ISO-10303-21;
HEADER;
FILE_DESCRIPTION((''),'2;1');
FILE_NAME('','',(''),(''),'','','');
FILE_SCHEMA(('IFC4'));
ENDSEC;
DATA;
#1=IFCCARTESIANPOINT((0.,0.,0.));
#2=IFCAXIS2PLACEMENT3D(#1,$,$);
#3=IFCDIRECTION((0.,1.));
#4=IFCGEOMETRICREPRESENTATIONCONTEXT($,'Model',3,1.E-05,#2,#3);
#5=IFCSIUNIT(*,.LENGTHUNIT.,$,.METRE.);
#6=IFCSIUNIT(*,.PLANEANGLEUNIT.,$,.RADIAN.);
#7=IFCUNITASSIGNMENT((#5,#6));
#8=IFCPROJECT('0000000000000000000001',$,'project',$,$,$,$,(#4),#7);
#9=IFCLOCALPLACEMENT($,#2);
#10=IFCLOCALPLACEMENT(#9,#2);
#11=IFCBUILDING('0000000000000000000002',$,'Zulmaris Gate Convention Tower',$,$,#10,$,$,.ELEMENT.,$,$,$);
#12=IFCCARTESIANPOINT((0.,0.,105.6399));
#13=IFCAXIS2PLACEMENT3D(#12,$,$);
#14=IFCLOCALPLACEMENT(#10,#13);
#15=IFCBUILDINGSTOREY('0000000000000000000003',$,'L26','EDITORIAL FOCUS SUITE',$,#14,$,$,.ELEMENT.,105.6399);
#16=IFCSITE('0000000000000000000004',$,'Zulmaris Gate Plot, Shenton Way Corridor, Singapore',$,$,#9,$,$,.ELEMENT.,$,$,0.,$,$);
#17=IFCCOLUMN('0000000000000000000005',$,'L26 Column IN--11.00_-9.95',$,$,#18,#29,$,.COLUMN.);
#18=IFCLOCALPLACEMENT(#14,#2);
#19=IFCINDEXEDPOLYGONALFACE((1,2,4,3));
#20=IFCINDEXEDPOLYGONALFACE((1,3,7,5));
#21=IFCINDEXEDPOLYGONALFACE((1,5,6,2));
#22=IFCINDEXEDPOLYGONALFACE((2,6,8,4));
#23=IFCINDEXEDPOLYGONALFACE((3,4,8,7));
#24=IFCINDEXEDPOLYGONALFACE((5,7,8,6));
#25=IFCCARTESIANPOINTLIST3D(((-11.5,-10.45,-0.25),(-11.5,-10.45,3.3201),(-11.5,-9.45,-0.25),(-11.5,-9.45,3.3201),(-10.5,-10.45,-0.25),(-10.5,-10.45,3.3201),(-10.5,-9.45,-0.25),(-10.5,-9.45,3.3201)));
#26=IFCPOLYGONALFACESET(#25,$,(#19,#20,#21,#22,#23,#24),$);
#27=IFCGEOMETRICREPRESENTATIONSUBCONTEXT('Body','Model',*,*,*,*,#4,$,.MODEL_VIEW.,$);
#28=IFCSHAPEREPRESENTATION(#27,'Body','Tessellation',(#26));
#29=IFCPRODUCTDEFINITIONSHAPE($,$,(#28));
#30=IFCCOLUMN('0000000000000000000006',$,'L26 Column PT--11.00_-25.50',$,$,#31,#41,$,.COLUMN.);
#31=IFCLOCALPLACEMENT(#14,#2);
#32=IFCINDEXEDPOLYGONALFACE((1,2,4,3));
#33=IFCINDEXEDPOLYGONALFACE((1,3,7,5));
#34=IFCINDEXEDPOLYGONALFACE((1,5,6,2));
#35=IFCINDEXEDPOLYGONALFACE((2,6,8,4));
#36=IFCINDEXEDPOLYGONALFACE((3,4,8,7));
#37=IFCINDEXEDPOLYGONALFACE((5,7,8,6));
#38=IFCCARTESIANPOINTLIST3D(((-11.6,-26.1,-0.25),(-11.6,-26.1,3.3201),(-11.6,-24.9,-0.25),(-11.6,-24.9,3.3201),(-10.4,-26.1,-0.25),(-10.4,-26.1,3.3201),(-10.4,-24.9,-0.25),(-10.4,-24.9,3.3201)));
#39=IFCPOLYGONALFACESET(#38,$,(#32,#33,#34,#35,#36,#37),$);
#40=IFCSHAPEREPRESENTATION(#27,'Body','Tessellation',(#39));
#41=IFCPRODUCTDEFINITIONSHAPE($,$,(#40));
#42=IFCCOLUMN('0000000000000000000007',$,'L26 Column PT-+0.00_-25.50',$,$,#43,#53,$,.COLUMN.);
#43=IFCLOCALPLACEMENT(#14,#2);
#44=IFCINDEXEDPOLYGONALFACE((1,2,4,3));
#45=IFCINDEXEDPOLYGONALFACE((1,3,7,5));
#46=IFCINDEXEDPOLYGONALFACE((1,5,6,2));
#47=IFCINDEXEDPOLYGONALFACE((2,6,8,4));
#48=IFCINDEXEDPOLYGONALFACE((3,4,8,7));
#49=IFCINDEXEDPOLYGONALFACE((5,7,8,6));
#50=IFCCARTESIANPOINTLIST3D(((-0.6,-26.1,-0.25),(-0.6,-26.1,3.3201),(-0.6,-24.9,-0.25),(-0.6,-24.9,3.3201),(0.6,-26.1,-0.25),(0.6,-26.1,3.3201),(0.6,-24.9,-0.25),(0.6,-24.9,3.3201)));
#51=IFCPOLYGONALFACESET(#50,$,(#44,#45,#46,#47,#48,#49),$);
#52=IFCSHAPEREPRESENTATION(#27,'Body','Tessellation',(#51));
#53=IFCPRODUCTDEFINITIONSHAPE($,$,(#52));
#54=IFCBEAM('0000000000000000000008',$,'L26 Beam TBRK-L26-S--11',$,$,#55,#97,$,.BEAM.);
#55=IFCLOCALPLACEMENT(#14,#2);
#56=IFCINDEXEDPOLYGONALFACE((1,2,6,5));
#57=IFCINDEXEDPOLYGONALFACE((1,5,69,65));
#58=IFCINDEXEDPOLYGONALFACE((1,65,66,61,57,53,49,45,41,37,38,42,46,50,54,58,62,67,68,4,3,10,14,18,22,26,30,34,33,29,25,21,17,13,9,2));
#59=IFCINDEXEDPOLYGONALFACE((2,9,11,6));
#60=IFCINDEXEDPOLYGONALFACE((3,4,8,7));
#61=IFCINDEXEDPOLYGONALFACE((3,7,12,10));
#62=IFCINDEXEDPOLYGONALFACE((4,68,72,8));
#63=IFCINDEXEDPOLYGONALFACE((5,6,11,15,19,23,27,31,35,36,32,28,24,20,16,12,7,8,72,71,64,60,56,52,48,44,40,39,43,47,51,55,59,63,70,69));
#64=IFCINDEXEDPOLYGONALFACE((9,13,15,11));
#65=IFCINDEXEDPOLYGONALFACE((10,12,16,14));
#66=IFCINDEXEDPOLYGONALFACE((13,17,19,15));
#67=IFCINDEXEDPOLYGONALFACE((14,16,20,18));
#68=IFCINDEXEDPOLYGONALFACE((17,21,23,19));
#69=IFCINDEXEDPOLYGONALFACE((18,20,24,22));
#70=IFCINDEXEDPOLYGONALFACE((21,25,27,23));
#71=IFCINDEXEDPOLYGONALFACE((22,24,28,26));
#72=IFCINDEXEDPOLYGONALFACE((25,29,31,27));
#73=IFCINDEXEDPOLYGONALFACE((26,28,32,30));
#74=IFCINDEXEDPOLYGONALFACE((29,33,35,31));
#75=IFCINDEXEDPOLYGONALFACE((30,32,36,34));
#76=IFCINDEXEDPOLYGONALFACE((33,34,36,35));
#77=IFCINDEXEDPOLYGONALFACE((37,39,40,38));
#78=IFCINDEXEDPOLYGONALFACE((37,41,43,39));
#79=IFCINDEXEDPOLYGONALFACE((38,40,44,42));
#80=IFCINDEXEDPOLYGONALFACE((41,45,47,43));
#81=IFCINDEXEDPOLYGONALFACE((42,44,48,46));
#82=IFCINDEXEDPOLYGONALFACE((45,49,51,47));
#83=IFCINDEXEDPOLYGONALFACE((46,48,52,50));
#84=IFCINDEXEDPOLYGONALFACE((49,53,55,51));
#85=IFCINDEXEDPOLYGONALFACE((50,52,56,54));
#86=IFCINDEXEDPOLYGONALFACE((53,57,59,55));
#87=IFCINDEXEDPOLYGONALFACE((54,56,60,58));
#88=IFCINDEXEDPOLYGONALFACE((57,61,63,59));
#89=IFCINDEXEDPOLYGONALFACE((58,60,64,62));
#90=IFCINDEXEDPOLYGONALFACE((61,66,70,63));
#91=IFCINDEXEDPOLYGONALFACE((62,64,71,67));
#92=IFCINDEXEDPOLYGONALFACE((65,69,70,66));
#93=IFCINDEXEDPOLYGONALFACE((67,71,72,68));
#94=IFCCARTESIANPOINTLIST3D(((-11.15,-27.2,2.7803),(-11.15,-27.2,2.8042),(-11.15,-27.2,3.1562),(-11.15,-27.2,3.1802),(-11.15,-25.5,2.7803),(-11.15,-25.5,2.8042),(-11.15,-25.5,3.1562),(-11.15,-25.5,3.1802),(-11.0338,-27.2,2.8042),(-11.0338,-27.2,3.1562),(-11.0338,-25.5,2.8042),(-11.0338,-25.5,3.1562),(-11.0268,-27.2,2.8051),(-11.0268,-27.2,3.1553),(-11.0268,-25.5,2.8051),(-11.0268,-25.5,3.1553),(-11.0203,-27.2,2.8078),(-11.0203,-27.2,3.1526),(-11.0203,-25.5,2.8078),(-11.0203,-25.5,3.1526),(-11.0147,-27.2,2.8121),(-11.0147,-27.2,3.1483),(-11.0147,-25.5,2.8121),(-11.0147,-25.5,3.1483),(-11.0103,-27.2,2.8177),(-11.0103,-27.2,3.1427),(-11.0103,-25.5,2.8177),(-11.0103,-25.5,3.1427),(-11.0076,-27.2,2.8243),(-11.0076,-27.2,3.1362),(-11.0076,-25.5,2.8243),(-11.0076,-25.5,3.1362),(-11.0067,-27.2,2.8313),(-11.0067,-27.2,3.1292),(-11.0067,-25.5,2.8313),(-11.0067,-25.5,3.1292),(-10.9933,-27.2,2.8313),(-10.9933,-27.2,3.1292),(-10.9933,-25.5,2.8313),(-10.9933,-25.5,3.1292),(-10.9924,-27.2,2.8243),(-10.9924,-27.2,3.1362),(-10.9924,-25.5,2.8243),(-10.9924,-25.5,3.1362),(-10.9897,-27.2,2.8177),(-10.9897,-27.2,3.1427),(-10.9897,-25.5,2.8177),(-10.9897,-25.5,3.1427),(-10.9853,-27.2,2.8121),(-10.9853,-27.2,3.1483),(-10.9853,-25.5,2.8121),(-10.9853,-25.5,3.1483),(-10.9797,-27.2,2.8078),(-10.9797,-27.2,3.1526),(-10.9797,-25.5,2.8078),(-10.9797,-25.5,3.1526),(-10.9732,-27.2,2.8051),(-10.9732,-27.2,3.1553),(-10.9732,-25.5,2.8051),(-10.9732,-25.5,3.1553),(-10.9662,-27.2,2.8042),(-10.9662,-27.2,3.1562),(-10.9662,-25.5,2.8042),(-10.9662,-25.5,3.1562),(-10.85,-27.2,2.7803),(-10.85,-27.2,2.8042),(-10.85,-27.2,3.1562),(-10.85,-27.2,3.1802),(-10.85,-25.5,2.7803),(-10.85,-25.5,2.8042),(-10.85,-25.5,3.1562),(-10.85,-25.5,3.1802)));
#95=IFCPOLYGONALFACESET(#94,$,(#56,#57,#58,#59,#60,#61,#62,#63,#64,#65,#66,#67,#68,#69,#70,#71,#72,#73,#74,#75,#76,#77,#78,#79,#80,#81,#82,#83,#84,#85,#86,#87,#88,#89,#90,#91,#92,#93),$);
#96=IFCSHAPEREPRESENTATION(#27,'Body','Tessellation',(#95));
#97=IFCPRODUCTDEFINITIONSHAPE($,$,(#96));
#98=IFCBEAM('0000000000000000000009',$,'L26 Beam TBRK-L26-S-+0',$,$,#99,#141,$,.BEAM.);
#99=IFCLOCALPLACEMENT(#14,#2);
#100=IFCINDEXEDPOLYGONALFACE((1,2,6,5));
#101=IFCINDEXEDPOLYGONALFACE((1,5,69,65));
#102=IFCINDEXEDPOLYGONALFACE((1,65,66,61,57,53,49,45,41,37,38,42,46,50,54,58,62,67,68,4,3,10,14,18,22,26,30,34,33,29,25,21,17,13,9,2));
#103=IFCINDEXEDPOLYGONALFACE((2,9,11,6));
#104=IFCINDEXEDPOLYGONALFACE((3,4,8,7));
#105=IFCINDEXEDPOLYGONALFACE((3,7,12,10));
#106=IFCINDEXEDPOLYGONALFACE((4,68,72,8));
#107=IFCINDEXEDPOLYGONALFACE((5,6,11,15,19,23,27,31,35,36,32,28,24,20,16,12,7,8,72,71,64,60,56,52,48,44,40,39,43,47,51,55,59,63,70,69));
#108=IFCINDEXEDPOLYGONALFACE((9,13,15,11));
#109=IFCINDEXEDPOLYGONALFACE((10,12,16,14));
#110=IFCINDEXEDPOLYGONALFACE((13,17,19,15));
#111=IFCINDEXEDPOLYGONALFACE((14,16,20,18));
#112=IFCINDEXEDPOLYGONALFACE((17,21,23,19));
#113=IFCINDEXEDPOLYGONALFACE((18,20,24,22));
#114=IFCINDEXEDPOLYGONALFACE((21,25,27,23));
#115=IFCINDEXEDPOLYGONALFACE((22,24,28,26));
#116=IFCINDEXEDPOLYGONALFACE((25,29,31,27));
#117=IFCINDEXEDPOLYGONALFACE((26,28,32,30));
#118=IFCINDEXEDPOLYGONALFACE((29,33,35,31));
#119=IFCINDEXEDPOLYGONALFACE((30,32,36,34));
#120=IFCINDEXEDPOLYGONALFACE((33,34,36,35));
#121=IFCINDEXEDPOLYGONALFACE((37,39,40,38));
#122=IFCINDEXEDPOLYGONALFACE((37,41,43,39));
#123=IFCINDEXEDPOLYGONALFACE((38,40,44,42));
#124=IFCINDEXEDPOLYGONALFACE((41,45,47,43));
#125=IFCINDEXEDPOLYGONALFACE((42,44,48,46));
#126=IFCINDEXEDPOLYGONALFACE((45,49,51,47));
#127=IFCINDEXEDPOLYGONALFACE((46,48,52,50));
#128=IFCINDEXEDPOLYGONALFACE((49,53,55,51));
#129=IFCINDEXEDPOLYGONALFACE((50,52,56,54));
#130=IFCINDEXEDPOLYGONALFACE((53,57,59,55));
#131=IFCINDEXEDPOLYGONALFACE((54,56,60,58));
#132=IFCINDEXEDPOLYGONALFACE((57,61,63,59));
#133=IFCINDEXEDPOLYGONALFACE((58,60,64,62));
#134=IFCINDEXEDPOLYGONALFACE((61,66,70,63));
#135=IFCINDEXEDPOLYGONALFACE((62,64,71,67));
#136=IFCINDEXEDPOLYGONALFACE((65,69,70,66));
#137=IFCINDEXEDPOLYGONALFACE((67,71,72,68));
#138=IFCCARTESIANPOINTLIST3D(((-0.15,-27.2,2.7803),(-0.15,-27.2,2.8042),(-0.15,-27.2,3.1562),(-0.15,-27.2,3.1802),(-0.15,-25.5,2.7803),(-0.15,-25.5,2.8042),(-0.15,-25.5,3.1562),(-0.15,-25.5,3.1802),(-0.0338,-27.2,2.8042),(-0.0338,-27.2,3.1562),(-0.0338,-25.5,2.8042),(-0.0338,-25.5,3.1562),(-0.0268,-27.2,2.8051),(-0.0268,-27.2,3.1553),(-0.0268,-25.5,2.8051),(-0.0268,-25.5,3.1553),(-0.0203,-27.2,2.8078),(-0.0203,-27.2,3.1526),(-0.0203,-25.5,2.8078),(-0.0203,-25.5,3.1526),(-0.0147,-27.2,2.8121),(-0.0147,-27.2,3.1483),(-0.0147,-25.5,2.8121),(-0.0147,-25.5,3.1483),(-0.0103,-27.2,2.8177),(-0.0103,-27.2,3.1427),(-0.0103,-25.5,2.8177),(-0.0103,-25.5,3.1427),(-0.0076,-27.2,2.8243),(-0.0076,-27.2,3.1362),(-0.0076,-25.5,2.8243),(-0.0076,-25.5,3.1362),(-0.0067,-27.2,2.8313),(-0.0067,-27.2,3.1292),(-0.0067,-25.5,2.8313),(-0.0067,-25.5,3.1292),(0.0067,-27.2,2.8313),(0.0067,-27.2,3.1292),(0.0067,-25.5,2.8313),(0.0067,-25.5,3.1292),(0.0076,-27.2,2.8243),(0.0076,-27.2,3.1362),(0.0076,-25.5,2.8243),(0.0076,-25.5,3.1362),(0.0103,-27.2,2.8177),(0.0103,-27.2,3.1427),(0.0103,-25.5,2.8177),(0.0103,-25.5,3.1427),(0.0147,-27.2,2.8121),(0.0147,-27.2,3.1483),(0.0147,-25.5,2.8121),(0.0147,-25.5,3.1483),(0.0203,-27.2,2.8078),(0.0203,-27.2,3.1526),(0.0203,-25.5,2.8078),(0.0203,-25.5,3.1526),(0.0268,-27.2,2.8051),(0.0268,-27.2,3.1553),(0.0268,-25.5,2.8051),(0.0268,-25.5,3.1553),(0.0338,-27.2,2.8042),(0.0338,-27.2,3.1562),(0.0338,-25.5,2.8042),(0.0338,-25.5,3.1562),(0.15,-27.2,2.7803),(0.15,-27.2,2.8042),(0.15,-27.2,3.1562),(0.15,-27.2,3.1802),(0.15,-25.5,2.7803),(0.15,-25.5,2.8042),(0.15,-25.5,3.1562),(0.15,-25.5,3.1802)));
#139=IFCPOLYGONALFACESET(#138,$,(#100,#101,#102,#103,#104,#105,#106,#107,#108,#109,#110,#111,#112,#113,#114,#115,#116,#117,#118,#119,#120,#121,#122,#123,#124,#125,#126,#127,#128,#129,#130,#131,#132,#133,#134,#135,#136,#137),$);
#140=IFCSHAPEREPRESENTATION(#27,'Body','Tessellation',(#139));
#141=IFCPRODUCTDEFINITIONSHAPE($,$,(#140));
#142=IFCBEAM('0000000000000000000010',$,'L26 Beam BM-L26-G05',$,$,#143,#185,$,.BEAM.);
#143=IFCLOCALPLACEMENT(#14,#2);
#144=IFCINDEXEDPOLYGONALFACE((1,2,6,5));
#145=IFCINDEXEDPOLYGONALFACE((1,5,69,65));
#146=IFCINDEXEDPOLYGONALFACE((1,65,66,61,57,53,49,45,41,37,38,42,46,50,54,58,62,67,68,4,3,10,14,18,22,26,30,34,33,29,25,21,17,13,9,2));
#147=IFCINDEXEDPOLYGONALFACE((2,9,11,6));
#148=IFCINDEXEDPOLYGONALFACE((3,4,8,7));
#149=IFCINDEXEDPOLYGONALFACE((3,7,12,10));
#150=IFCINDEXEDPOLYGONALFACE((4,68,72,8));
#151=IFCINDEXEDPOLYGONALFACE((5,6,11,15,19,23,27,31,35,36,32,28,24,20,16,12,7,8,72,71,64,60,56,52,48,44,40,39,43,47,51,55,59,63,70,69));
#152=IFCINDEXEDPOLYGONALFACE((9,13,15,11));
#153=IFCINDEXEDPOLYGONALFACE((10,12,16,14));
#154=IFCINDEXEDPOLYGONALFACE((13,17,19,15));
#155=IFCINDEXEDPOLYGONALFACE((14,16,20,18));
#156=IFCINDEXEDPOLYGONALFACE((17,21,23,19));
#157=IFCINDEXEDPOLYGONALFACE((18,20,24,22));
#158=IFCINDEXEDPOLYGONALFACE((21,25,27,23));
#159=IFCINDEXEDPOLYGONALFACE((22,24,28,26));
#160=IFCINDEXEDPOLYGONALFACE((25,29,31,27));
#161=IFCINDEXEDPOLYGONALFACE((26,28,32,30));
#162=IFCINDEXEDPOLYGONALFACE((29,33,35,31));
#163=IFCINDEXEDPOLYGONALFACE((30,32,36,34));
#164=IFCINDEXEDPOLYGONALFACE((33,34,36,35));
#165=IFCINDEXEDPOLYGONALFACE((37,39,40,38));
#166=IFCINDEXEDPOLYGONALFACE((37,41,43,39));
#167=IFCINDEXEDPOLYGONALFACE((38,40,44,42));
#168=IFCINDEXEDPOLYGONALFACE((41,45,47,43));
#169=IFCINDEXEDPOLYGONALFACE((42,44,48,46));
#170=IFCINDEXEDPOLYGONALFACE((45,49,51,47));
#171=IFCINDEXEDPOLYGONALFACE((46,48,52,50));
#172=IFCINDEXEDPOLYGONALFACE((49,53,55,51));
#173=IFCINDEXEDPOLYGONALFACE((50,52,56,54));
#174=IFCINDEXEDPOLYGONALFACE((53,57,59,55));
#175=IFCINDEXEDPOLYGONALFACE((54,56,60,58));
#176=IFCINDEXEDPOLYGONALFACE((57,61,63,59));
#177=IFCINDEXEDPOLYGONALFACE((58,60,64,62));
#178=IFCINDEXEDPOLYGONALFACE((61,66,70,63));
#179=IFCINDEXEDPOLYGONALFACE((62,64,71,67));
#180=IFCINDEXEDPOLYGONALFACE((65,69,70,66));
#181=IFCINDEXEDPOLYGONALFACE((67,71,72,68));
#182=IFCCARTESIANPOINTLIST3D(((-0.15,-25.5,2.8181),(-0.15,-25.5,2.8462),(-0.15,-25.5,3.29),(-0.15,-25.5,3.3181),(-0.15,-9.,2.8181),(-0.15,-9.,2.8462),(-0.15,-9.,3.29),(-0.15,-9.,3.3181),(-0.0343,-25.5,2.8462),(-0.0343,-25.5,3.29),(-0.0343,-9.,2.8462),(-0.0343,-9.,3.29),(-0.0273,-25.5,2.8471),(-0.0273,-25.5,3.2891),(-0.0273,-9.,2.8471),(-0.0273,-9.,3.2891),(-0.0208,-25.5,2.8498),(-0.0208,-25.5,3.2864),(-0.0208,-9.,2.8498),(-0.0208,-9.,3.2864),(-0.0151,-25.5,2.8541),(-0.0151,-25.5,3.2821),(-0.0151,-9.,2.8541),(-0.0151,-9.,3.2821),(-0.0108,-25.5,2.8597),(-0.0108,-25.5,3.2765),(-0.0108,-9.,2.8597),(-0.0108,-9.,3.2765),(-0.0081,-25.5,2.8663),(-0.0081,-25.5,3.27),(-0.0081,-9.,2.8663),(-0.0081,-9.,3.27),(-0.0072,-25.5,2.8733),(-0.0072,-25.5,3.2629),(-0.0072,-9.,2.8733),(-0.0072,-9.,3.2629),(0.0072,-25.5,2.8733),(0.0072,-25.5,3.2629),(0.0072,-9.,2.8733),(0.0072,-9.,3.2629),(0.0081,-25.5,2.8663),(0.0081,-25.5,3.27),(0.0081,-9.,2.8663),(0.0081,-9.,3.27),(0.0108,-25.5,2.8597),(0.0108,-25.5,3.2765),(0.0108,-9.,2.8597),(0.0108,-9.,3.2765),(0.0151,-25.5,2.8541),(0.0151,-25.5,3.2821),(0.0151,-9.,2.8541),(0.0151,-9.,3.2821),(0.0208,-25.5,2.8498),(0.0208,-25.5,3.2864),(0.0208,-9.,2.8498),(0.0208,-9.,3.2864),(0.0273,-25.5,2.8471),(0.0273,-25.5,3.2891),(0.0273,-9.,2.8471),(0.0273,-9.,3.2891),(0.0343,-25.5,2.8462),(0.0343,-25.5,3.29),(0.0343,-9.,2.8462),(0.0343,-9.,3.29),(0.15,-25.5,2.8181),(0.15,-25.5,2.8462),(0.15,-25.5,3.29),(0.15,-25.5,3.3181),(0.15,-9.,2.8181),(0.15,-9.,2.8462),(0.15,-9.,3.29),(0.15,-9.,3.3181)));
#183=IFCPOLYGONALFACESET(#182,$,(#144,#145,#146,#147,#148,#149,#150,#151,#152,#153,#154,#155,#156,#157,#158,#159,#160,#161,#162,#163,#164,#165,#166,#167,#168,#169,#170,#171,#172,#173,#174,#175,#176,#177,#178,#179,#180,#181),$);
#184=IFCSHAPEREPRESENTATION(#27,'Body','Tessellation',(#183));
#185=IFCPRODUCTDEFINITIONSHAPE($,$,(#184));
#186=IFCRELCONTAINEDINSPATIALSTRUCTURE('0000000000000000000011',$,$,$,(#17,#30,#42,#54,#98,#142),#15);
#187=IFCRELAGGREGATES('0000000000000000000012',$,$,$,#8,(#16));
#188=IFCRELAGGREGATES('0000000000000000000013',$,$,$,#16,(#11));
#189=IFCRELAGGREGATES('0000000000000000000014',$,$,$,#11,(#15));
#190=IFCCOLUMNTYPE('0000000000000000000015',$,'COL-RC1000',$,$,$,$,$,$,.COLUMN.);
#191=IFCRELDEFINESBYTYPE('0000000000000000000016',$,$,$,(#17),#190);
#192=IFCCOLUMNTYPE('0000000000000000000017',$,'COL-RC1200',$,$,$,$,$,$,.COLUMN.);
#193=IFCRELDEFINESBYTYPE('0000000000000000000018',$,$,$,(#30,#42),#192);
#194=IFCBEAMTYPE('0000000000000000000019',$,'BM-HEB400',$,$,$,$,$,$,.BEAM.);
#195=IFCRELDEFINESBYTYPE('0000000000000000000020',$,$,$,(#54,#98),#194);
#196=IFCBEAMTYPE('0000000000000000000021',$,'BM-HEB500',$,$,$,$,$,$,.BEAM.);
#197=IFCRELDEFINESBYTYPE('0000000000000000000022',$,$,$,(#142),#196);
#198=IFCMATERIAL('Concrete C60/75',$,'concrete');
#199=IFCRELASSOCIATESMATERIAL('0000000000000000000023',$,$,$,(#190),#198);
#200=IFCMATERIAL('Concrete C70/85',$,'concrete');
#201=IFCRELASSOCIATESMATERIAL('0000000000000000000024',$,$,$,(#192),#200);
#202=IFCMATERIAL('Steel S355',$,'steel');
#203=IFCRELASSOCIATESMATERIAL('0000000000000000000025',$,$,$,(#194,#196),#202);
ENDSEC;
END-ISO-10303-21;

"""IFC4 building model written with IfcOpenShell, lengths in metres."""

from ifc_helpers import new_model, si_unit, direction, frame, origin, origin_2d, place, context, subcontext, project, spatial, rectangle, i_section, extrude, material, material_profile, profile_set, type_object, element, save


model = new_model("IFC4")

# Units and contexts
model_context = context("Model", 3, precision=1e-05, world=origin(), true_north=direction((0.0, 1.0)))
body_context = subcontext(model_context, "Body", "Model", "MODEL_VIEW")
ifc_project = project(units=[si_unit("LENGTHUNIT", "METRE"), si_unit("PLANEANGLEUNIT", "RADIAN")], contexts=[model_context])

# Site, building, storey
site_placement = place(None, origin())
site = spatial("IfcSite", under=ifc_project, at=site_placement, Name="Zulmaris Gate Plot, Shenton Way Corridor, Singapore", CompositionType="ELEMENT", RefElevation=0.0)
building_placement = place(site_placement, origin())
building = spatial("IfcBuilding", under=site, at=building_placement, Name="Zulmaris Gate Convention Tower", CompositionType="ELEMENT")
storey_placement = place(building_placement, frame((0.0, 0.0, 105.6399)))
storey = spatial("IfcBuildingStorey", under=building, at=storey_placement, Name="L26", Description="EDITORIAL FOCUS SUITE", CompositionType="ELEMENT", Elevation=105.6399)

# Columns
ifc_material_1 = material(Name="Concrete C60/75", Category="concrete")
ifc_material_profile_1 = material_profile(ifc_material_1, rectangle(XDim=1.0, YDim=1.0, at=origin_2d()), Name="RC COL 1000x1000")
ifc_profile_set_1 = profile_set([ifc_material_profile_1], Name="Concrete C60/75")
column_type_1 = type_object("IfcColumnType", Name="COL-RC1000", PredefinedType="COLUMN", material=ifc_profile_set_1)
column_placement = place(storey_placement, frame((-11.0, -9.95, -0.25), z_axis=(0.0, 0.0, 1.0), x_axis=(1.0, 0.0, 0.0)))
element("IfcColumn", 1, at=column_placement, inside=storey, type_object=column_type_1, Name="L26 Column IN--11.00_-9.95", PredefinedType="COLUMN", context=body_context, shape_type="SweptSolid", body=[
    extrude(rectangle(XDim=1.0, YDim=1.0, at=origin_2d()), origin(), (0.0, 0.0, 1.0), 3.5701),
])
ifc_material_2 = material(Name="Concrete C70/85", Category="concrete")
ifc_material_profile_2 = material_profile(ifc_material_2, rectangle(XDim=1.2, YDim=1.2, at=origin_2d()), Name="RC COL 1200x1200")
ifc_profile_set_2 = profile_set([ifc_material_profile_2], Name="Concrete C70/85")
column_type_2 = type_object("IfcColumnType", Name="COL-RC1200", PredefinedType="COLUMN", material=ifc_profile_set_2)
for number, where, z_axis, x_axis, name in (
    (2, (-11.0, -25.5, -0.25), (0.0, 0.0, 1.0), (1.0, 0.0, 0.0), "L26 Column PT--11.00_-25.50"),
    (3, (0.0, -25.5, -0.25), (0.0, 0.0, 1.0), (1.0, 0.0, 0.0), "L26 Column PT-+0.00_-25.50"),
):
    element("IfcColumn", number, at=place(storey_placement, frame(where, z_axis=z_axis, x_axis=x_axis)), inside=storey, type_object=column_type_2, Name=name, PredefinedType="COLUMN", context=body_context, shape_type="SweptSolid", body=[
        extrude(rectangle(XDim=1.2, YDim=1.2, at=origin_2d()), origin(), (0.0, 0.0, 1.0), 3.5701),
    ])

# Beams
ifc_material_3 = material(Name="Steel S355", Category="steel")
ifc_material_profile_3 = material_profile(ifc_material_3, i_section(OverallWidth=0.3, OverallDepth=0.3999, WebThickness=0.0134, FlangeThickness=0.0239, FilletRadius=0.0271, at=origin_2d()), Name="HEB 400")
ifc_profile_set_3 = profile_set([ifc_material_profile_3], Name="Steel S355")
beam_type_1 = type_object("IfcBeamType", Name="BM-HEB400", PredefinedType="BEAM", material=ifc_profile_set_3)
for number, where, z_axis, x_axis, name in (
    (4, (-11.0, -27.2, 2.9802), (0.0, 1.0, 0.0), (-1.0, 0.0, 0.0), "L26 Beam TBRK-L26-S--11"),
    (5, (0.0, -27.2, 2.9802), (0.0, 1.0, 0.0), (-1.0, 0.0, 0.0), "L26 Beam TBRK-L26-S-+0"),
):
    element("IfcBeam", number, at=place(storey_placement, frame(where, z_axis=z_axis, x_axis=x_axis)), inside=storey, type_object=beam_type_1, Name=name, PredefinedType="BEAM", context=body_context, shape_type="SweptSolid", body=[
        extrude(i_section(OverallWidth=0.3, OverallDepth=0.3999, WebThickness=0.0134, FlangeThickness=0.0239, FilletRadius=0.0271, at=origin_2d()), origin(), (0.0, 0.0, 1.0), 1.7),
    ])
ifc_material_profile_4 = material_profile(ifc_material_3, i_section(OverallWidth=0.3, OverallDepth=0.5, WebThickness=0.0144, FlangeThickness=0.0281, FilletRadius=0.0271, at=origin_2d()), Name="HEB 500")
ifc_profile_set_4 = profile_set([ifc_material_profile_4], Name="Steel S355")
beam_type_2 = type_object("IfcBeamType", Name="BM-HEB500", PredefinedType="BEAM", material=ifc_profile_set_4)
beam_1_placement = place(storey_placement, frame((0.0, -25.5, 3.0681), z_axis=(0.0, 1.0, 0.0), x_axis=(-1.0, 0.0, 0.0)))
element("IfcBeam", 6, at=beam_1_placement, inside=storey, type_object=beam_type_2, Name="L26 Beam BM-L26-G05", PredefinedType="BEAM", context=body_context, shape_type="SweptSolid", body=[
    extrude(i_section(OverallWidth=0.3, OverallDepth=0.5, WebThickness=0.0144, FlangeThickness=0.0281, FilletRadius=0.0271, at=origin_2d()), origin(), (0.0, 0.0, 1.0), 16.5),
])

save(model, "model.ifc")
